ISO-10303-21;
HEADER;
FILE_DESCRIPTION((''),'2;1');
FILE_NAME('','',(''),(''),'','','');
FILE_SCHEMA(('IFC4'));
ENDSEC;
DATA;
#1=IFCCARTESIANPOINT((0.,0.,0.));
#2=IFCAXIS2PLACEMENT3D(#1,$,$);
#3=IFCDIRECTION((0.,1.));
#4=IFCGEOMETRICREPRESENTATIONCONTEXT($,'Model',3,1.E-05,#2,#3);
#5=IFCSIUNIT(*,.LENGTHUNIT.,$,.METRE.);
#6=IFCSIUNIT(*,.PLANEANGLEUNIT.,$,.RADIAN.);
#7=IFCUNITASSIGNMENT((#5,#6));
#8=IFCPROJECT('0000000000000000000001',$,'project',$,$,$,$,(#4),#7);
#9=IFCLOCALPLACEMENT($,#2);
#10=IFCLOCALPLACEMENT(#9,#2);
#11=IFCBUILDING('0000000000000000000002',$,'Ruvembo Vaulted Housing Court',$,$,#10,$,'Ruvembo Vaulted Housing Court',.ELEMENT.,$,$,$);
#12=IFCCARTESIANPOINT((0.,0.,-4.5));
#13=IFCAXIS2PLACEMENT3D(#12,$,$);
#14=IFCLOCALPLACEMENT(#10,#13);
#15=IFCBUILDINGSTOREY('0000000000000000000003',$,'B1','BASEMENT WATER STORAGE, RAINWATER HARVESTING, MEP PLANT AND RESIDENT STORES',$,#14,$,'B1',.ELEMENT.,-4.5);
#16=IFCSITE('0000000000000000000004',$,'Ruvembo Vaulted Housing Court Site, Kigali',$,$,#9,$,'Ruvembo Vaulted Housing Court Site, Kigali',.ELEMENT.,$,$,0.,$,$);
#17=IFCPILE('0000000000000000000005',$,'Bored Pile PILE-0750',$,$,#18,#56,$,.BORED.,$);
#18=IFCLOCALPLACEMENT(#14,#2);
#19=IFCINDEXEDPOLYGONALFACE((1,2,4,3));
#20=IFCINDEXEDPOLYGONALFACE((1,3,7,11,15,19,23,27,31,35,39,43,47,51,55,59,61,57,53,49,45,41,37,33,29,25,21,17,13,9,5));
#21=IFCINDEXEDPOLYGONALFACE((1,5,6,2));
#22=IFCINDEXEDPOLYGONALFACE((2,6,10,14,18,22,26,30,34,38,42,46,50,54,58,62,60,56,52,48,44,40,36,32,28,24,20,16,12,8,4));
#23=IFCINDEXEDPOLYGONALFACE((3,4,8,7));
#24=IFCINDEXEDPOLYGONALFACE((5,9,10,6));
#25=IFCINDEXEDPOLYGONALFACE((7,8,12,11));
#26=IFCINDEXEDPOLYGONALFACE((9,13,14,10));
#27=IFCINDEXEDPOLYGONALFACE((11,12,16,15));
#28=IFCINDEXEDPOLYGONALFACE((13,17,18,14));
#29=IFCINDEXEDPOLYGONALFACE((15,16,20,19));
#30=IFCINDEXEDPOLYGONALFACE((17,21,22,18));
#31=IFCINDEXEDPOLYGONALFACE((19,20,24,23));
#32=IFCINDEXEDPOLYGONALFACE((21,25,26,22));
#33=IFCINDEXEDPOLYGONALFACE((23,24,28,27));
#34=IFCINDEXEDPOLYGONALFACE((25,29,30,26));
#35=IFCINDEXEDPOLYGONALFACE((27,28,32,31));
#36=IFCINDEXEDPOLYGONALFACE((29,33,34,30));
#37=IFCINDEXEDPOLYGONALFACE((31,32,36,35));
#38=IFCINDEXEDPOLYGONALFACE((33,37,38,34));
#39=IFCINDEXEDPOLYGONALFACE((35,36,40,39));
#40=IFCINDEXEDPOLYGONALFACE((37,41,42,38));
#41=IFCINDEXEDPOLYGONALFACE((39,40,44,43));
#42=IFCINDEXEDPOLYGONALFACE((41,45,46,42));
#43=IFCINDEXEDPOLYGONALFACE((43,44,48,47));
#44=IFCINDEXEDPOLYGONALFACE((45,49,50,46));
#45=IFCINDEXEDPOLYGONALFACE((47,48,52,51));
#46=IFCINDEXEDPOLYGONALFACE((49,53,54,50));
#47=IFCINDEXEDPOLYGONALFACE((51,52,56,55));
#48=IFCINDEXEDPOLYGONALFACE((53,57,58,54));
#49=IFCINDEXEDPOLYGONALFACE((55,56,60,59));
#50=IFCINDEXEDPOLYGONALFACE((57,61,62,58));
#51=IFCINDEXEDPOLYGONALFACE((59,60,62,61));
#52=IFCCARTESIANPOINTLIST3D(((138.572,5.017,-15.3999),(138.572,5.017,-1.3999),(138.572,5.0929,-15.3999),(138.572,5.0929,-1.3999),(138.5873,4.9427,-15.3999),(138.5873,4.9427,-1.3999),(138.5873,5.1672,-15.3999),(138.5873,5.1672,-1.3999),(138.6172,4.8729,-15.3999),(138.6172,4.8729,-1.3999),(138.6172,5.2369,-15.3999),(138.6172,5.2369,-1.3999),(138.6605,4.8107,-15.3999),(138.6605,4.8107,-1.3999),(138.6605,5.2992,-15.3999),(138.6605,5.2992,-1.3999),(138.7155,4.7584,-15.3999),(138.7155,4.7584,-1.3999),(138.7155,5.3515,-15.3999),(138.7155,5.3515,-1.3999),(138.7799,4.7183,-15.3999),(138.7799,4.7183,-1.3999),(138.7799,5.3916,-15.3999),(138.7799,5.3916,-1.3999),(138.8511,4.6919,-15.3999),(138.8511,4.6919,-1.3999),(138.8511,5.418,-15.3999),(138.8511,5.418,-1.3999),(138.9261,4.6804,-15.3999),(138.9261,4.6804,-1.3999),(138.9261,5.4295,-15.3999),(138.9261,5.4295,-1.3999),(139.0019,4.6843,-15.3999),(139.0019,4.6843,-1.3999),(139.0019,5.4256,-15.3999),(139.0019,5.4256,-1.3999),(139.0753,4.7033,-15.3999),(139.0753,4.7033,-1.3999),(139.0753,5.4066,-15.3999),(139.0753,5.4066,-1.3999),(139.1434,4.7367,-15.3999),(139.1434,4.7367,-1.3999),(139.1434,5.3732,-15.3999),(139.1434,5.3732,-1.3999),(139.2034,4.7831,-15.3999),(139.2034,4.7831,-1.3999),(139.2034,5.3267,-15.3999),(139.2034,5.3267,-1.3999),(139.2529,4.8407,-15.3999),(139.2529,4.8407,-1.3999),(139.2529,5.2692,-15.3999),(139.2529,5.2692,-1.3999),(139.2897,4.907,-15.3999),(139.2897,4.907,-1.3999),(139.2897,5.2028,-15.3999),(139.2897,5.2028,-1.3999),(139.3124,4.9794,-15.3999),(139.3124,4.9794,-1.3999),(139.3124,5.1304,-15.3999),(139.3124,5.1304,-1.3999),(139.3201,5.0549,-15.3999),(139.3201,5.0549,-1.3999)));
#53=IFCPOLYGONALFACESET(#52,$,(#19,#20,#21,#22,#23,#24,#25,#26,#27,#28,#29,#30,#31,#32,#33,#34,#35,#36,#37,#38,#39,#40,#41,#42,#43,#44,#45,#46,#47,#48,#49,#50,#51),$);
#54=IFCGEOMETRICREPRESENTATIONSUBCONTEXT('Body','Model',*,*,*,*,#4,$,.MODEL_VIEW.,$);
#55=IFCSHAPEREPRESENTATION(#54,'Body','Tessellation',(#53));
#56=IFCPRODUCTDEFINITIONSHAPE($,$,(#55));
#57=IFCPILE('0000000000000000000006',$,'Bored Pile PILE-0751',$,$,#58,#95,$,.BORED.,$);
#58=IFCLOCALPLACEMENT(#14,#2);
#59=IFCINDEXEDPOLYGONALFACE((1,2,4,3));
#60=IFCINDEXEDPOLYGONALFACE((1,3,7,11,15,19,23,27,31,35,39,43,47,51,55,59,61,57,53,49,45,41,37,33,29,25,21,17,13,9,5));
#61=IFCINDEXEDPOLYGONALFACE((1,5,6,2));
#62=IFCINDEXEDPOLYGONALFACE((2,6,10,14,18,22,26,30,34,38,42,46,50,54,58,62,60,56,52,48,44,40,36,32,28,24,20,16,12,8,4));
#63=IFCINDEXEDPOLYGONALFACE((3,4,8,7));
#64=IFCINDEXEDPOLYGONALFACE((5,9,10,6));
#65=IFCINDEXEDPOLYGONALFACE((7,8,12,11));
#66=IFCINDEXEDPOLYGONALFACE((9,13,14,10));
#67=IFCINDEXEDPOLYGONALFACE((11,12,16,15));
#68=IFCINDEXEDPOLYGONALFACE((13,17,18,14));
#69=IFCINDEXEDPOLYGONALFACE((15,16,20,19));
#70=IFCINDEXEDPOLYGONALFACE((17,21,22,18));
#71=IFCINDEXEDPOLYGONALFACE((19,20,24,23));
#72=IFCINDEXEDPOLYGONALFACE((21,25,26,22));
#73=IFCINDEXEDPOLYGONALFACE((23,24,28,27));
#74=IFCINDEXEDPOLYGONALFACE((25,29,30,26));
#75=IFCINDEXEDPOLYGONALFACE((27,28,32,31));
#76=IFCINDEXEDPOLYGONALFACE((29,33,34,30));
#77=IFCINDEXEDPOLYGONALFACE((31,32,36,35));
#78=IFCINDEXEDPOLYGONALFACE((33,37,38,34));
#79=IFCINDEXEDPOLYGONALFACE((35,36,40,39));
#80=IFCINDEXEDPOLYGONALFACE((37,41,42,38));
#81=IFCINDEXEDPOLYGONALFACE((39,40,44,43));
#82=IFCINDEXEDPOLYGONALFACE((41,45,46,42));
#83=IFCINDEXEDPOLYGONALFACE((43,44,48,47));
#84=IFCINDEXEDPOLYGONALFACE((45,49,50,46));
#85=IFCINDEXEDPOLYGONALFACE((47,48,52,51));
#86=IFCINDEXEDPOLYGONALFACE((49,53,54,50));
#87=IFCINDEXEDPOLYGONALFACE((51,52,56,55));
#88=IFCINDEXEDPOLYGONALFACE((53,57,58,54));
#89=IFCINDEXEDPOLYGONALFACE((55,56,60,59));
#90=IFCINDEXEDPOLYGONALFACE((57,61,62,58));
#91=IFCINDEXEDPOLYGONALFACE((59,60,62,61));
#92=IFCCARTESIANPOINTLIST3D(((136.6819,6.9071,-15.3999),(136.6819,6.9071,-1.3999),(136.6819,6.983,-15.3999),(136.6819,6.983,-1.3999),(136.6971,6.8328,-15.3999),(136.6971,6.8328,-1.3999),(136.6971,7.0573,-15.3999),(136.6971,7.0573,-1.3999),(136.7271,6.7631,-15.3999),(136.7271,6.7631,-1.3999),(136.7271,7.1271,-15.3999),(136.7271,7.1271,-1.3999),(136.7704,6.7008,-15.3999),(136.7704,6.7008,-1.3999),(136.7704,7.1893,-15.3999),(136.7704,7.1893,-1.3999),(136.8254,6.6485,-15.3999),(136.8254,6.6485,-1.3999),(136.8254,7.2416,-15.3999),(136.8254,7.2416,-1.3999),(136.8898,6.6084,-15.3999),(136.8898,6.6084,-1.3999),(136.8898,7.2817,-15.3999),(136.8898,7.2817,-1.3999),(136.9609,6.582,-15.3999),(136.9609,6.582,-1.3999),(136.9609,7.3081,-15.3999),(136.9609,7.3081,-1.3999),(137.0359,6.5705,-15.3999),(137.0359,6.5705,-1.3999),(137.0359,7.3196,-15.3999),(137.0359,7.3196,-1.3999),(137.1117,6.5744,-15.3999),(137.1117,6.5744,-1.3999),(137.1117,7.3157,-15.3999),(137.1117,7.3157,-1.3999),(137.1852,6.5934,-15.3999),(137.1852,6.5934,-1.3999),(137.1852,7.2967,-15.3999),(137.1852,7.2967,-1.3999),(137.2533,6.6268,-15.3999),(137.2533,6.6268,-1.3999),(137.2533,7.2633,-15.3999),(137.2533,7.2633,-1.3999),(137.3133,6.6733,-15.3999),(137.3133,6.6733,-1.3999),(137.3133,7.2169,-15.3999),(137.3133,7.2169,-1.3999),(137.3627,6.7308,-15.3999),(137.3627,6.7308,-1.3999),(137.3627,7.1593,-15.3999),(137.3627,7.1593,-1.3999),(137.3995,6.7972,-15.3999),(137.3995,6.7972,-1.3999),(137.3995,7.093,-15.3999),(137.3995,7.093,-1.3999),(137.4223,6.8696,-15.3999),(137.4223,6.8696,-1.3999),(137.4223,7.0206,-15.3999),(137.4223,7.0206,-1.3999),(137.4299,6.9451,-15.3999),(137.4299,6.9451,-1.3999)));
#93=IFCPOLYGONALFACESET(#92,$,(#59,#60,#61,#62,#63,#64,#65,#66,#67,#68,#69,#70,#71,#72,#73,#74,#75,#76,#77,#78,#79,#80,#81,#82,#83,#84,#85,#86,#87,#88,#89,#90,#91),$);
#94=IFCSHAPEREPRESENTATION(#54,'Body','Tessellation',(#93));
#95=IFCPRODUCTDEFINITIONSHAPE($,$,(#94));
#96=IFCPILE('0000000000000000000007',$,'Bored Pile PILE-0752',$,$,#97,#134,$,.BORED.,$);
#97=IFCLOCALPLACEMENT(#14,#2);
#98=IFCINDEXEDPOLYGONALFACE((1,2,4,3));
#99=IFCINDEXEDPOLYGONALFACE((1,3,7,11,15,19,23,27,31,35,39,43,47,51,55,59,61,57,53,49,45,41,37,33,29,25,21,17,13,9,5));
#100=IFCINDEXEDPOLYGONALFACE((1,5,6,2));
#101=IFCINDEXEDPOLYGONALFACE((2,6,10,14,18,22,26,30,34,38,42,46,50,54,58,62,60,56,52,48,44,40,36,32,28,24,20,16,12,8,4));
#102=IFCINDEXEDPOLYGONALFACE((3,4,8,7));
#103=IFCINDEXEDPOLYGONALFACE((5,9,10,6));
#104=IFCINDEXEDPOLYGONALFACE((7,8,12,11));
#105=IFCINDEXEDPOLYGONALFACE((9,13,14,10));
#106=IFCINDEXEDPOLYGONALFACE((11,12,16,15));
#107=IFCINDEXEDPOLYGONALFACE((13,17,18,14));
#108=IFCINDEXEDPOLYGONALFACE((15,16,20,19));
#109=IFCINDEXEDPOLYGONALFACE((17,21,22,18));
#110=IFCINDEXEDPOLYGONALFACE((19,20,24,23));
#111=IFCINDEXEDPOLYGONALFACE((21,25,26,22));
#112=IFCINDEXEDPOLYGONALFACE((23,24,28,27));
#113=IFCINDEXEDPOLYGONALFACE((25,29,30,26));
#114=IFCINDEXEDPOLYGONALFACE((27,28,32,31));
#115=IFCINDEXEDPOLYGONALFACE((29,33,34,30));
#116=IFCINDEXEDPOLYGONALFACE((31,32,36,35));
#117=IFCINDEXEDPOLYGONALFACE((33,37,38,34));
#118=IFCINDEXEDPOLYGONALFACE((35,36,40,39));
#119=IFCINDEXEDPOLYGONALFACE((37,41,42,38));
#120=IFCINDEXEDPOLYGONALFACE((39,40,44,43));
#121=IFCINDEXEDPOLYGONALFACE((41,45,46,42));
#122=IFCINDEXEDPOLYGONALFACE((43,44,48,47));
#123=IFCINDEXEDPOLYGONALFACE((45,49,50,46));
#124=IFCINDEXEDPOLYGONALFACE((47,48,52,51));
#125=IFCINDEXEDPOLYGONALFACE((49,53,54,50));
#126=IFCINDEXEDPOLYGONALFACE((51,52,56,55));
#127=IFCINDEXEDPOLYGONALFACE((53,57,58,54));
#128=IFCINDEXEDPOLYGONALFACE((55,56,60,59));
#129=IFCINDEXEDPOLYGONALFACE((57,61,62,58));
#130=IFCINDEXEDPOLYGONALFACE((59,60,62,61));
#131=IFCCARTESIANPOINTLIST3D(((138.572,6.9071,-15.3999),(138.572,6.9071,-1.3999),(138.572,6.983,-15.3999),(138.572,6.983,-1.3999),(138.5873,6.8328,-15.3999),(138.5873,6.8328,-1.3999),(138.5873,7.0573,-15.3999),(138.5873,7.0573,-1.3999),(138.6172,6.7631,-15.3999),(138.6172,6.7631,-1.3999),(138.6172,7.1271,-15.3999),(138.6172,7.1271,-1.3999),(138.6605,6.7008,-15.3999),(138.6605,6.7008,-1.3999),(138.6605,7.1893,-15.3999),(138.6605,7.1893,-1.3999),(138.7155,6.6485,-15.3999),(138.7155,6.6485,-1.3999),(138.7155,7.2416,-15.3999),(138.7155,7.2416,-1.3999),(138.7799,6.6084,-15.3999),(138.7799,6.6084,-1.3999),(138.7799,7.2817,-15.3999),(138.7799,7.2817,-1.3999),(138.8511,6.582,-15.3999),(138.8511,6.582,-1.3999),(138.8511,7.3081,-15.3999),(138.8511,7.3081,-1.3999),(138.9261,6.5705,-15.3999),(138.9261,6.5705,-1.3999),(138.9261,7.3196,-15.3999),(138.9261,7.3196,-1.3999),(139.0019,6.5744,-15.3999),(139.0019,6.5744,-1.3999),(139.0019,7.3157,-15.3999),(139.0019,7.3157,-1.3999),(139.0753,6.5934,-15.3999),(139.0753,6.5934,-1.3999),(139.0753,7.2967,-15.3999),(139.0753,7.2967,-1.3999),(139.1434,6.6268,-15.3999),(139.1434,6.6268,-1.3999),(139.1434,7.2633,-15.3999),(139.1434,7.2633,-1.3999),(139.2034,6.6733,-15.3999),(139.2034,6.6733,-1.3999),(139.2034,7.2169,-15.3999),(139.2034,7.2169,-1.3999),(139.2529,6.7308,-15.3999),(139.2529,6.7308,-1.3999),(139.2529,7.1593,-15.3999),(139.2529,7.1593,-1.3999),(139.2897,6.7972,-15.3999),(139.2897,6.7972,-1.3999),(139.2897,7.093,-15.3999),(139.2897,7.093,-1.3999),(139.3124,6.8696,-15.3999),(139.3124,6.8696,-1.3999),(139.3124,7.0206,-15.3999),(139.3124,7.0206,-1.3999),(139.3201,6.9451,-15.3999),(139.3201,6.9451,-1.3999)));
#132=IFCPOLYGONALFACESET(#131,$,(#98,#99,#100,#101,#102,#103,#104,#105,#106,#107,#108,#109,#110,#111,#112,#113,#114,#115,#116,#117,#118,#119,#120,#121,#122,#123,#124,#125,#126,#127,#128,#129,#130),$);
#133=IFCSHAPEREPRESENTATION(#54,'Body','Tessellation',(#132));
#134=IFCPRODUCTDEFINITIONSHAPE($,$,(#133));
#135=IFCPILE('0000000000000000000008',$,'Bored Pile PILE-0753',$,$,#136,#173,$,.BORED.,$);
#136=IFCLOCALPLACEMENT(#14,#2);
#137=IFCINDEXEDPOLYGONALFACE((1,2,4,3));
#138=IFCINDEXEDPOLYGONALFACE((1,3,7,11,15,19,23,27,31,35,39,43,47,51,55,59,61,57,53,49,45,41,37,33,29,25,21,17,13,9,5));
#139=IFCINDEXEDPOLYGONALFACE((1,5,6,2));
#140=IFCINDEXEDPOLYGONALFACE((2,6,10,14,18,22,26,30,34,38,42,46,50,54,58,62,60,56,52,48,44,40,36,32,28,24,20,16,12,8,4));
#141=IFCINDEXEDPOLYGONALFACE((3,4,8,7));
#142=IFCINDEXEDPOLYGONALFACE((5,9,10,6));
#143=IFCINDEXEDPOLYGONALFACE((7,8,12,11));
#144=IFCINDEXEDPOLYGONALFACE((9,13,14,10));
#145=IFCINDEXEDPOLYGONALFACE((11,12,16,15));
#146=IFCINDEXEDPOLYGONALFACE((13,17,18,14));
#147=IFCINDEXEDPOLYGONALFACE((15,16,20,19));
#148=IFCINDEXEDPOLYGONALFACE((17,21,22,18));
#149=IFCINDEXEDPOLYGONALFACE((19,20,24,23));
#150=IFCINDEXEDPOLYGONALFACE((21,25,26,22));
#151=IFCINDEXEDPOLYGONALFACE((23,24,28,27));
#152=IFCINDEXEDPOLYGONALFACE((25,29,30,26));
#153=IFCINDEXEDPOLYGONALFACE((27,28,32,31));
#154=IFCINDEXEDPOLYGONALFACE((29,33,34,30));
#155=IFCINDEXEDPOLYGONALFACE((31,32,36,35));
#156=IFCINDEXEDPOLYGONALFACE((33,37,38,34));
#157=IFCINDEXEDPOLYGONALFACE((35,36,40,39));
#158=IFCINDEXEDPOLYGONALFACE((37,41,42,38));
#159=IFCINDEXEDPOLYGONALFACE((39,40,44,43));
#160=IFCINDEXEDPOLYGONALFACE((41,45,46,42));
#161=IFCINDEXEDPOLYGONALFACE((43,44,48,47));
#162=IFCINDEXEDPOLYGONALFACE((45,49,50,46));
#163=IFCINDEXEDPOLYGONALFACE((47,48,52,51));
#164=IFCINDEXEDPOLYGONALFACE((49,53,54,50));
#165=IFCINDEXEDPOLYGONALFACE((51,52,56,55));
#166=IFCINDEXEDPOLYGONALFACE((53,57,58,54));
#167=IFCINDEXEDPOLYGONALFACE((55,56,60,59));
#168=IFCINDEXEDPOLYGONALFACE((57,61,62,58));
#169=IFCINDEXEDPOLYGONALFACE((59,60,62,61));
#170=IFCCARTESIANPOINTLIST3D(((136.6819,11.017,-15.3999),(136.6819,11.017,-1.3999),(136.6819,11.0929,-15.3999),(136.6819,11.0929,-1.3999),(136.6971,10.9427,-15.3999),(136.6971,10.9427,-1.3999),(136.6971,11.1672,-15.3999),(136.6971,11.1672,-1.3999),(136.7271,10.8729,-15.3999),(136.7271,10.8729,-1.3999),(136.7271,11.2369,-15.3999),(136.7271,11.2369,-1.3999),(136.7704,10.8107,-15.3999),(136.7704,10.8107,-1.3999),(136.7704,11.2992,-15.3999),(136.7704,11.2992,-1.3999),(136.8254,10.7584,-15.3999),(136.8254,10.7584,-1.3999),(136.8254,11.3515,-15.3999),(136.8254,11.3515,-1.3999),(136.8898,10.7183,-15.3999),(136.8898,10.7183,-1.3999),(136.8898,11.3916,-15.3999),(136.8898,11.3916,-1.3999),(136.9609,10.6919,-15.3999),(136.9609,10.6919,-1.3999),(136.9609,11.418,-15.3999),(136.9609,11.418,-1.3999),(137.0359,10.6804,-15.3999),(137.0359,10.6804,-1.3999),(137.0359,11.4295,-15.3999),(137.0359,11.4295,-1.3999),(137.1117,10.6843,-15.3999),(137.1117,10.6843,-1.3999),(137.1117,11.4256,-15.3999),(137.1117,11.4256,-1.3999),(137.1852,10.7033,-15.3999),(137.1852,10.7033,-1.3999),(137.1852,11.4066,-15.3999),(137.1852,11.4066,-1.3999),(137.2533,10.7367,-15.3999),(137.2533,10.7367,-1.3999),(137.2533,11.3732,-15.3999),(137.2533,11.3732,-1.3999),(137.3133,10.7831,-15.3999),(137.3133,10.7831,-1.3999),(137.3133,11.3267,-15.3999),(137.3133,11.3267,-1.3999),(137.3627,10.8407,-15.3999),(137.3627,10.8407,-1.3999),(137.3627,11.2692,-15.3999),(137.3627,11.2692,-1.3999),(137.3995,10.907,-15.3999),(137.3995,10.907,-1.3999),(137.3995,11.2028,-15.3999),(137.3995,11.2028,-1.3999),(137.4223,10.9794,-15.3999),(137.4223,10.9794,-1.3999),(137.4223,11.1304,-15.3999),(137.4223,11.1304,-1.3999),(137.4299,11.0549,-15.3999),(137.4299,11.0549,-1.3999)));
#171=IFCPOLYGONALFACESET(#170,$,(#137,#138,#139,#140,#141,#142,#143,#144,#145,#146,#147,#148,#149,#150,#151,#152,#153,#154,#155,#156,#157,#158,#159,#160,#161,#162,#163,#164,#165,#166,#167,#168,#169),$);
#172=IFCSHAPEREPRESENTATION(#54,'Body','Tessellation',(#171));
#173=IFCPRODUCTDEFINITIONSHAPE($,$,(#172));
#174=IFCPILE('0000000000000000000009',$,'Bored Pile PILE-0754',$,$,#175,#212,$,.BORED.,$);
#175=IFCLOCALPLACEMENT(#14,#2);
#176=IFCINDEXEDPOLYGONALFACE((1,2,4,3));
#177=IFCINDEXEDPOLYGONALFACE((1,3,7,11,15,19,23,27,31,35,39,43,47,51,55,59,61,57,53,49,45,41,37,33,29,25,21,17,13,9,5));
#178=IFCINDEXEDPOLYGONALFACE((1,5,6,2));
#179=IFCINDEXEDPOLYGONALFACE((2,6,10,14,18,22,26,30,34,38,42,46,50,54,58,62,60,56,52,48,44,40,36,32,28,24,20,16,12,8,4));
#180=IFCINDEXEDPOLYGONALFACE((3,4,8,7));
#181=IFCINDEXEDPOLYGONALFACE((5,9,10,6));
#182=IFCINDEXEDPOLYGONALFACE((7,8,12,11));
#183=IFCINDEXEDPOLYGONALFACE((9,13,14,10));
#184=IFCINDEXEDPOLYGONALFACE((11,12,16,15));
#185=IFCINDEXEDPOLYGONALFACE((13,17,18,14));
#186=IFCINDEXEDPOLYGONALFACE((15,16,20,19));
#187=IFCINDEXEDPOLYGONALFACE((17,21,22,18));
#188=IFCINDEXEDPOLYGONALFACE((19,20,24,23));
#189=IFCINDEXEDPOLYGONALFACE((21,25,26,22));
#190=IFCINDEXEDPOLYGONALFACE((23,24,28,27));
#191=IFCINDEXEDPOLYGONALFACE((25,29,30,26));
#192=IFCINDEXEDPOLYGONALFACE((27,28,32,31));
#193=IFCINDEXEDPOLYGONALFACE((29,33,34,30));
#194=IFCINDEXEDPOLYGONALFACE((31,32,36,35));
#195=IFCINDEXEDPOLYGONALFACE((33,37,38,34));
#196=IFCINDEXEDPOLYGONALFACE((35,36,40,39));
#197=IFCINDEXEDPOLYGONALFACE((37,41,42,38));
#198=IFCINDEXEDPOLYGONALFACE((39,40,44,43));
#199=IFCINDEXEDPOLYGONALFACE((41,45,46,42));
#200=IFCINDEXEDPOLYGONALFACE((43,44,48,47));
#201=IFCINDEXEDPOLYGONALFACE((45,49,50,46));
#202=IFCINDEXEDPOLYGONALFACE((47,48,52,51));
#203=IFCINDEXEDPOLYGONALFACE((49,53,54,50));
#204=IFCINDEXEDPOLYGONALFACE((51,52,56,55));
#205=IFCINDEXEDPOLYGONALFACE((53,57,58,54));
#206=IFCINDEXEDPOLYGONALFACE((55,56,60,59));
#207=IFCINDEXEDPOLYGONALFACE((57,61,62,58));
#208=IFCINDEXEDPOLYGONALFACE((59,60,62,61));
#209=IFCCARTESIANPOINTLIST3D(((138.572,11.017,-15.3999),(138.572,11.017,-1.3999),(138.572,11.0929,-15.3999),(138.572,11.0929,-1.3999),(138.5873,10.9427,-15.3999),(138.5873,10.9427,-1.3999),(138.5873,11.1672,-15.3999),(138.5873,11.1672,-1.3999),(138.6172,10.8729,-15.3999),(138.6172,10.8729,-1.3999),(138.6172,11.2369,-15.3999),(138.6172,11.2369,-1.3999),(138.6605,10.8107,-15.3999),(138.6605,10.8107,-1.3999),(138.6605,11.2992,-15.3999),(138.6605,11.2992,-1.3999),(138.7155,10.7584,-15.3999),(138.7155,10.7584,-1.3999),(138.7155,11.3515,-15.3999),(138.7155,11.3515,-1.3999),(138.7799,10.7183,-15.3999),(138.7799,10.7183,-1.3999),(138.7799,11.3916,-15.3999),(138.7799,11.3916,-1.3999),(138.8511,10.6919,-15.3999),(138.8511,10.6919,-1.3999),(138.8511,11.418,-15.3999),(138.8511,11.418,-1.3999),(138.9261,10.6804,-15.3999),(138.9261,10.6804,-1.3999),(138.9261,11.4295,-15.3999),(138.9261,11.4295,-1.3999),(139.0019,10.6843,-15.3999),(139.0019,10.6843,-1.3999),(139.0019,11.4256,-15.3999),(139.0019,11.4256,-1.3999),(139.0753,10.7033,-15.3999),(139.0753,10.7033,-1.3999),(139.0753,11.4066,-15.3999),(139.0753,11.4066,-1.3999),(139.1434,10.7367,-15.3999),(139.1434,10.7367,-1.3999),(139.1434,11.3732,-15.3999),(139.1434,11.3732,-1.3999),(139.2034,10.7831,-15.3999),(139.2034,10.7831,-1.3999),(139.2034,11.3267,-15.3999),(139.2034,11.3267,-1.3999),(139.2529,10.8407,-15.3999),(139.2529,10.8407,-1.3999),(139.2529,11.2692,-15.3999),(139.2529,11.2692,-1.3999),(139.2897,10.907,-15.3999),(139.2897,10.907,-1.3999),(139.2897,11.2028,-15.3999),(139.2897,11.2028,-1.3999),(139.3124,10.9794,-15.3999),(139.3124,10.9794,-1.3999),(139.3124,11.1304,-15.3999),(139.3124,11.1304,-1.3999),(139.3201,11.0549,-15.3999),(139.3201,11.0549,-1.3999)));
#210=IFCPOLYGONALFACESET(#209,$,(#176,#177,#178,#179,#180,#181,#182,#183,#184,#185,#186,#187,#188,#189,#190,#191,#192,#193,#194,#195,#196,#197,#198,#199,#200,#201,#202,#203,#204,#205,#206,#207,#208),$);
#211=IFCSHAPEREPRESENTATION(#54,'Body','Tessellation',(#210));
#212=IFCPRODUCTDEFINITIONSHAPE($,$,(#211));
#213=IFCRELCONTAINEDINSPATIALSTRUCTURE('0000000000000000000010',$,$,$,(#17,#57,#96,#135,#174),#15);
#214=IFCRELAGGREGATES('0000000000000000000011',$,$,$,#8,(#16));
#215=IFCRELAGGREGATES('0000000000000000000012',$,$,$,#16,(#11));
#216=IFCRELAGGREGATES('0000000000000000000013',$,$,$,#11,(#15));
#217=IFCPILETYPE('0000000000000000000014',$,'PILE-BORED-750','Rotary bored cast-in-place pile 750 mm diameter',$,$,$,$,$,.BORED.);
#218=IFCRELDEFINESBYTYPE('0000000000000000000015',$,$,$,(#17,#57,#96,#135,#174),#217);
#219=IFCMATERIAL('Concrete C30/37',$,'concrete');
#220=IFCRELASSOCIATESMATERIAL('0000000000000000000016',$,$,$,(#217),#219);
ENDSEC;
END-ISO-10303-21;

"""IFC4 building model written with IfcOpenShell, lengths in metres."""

from ifc_helpers import new_model, si_unit, direction, frame, origin, origin_2d, place, context, subcontext, project, spatial, circle, extrude, material, material_profile, profile_set, type_object, element, save


model = new_model("IFC4")

# Units and contexts
model_context = context("Model", 3, precision=1e-05, world=origin(), true_north=direction((0.0, 1.0)))
body_context = subcontext(model_context, "Body", "Model", "MODEL_VIEW")
ifc_project = project(units=[si_unit("LENGTHUNIT", "METRE"), si_unit("PLANEANGLEUNIT", "RADIAN")], contexts=[model_context])

# Site, building, storey
site_placement = place(None, origin())
site = spatial("IfcSite", under=ifc_project, at=site_placement, Name="Ruvembo Vaulted Housing Court Site, Kigali", LongName="Ruvembo Vaulted Housing Court Site, Kigali", CompositionType="ELEMENT", RefElevation=0.0)
building_placement = place(site_placement, origin())
building = spatial("IfcBuilding", under=site, at=building_placement, Name="Ruvembo Vaulted Housing Court", LongName="Ruvembo Vaulted Housing Court", CompositionType="ELEMENT")
storey_placement = place(building_placement, frame((0.0, 0.0, -4.5)))
storey = spatial("IfcBuildingStorey", under=building, at=storey_placement, Name="B1", Description="BASEMENT WATER STORAGE, RAINWATER HARVESTING, MEP PLANT AND RESIDENT STORES", LongName="B1", CompositionType="ELEMENT", Elevation=-4.5)

# Piles
ifc_material_1 = material(Name="Concrete C30/37", Category="concrete")
ifc_material_profile_1 = material_profile(ifc_material_1, circle(Radius=0.375, at=origin_2d()), Name="PILE D750")
ifc_profile_set_1 = profile_set([ifc_material_profile_1], Name="Concrete C30/37")
pile_type_1 = type_object("IfcPileType", Name="PILE-BORED-750", Description="Rotary bored cast-in-place pile 750 mm diameter", PredefinedType="BORED", material=ifc_profile_set_1)
for number, where, z_axis, x_axis, name in (
    (1, (138.9451, 5.0549, -1.3999), (0.0, 0.0, -1.0), (1.0, 0.0, 0.0), "Bored Pile PILE-0750"),
    (2, (137.0549, 6.9451, -1.3999), (0.0, 0.0, -1.0), (1.0, 0.0, 0.0), "Bored Pile PILE-0751"),
    (3, (138.9451, 6.9451, -1.3999), (0.0, 0.0, -1.0), (1.0, 0.0, 0.0), "Bored Pile PILE-0752"),
    (4, (137.0549, 11.0549, -1.3999), (0.0, 0.0, -1.0), (1.0, 0.0, 0.0), "Bored Pile PILE-0753"),
    (5, (138.9451, 11.0549, -1.3999), (0.0, 0.0, -1.0), (1.0, 0.0, 0.0), "Bored Pile PILE-0754"),
):
    element("IfcPile", number, at=place(storey_placement, frame(where, z_axis=z_axis, x_axis=x_axis)), inside=storey, type_object=pile_type_1, Name=name, PredefinedType="BORED", context=body_context, shape_type="SweptSolid", body=[
        extrude(circle(Radius=0.375, at=origin_2d()), origin(), (0.0, 0.0, 1.0), 14.0),
    ])

save(model, "model.ifc")
